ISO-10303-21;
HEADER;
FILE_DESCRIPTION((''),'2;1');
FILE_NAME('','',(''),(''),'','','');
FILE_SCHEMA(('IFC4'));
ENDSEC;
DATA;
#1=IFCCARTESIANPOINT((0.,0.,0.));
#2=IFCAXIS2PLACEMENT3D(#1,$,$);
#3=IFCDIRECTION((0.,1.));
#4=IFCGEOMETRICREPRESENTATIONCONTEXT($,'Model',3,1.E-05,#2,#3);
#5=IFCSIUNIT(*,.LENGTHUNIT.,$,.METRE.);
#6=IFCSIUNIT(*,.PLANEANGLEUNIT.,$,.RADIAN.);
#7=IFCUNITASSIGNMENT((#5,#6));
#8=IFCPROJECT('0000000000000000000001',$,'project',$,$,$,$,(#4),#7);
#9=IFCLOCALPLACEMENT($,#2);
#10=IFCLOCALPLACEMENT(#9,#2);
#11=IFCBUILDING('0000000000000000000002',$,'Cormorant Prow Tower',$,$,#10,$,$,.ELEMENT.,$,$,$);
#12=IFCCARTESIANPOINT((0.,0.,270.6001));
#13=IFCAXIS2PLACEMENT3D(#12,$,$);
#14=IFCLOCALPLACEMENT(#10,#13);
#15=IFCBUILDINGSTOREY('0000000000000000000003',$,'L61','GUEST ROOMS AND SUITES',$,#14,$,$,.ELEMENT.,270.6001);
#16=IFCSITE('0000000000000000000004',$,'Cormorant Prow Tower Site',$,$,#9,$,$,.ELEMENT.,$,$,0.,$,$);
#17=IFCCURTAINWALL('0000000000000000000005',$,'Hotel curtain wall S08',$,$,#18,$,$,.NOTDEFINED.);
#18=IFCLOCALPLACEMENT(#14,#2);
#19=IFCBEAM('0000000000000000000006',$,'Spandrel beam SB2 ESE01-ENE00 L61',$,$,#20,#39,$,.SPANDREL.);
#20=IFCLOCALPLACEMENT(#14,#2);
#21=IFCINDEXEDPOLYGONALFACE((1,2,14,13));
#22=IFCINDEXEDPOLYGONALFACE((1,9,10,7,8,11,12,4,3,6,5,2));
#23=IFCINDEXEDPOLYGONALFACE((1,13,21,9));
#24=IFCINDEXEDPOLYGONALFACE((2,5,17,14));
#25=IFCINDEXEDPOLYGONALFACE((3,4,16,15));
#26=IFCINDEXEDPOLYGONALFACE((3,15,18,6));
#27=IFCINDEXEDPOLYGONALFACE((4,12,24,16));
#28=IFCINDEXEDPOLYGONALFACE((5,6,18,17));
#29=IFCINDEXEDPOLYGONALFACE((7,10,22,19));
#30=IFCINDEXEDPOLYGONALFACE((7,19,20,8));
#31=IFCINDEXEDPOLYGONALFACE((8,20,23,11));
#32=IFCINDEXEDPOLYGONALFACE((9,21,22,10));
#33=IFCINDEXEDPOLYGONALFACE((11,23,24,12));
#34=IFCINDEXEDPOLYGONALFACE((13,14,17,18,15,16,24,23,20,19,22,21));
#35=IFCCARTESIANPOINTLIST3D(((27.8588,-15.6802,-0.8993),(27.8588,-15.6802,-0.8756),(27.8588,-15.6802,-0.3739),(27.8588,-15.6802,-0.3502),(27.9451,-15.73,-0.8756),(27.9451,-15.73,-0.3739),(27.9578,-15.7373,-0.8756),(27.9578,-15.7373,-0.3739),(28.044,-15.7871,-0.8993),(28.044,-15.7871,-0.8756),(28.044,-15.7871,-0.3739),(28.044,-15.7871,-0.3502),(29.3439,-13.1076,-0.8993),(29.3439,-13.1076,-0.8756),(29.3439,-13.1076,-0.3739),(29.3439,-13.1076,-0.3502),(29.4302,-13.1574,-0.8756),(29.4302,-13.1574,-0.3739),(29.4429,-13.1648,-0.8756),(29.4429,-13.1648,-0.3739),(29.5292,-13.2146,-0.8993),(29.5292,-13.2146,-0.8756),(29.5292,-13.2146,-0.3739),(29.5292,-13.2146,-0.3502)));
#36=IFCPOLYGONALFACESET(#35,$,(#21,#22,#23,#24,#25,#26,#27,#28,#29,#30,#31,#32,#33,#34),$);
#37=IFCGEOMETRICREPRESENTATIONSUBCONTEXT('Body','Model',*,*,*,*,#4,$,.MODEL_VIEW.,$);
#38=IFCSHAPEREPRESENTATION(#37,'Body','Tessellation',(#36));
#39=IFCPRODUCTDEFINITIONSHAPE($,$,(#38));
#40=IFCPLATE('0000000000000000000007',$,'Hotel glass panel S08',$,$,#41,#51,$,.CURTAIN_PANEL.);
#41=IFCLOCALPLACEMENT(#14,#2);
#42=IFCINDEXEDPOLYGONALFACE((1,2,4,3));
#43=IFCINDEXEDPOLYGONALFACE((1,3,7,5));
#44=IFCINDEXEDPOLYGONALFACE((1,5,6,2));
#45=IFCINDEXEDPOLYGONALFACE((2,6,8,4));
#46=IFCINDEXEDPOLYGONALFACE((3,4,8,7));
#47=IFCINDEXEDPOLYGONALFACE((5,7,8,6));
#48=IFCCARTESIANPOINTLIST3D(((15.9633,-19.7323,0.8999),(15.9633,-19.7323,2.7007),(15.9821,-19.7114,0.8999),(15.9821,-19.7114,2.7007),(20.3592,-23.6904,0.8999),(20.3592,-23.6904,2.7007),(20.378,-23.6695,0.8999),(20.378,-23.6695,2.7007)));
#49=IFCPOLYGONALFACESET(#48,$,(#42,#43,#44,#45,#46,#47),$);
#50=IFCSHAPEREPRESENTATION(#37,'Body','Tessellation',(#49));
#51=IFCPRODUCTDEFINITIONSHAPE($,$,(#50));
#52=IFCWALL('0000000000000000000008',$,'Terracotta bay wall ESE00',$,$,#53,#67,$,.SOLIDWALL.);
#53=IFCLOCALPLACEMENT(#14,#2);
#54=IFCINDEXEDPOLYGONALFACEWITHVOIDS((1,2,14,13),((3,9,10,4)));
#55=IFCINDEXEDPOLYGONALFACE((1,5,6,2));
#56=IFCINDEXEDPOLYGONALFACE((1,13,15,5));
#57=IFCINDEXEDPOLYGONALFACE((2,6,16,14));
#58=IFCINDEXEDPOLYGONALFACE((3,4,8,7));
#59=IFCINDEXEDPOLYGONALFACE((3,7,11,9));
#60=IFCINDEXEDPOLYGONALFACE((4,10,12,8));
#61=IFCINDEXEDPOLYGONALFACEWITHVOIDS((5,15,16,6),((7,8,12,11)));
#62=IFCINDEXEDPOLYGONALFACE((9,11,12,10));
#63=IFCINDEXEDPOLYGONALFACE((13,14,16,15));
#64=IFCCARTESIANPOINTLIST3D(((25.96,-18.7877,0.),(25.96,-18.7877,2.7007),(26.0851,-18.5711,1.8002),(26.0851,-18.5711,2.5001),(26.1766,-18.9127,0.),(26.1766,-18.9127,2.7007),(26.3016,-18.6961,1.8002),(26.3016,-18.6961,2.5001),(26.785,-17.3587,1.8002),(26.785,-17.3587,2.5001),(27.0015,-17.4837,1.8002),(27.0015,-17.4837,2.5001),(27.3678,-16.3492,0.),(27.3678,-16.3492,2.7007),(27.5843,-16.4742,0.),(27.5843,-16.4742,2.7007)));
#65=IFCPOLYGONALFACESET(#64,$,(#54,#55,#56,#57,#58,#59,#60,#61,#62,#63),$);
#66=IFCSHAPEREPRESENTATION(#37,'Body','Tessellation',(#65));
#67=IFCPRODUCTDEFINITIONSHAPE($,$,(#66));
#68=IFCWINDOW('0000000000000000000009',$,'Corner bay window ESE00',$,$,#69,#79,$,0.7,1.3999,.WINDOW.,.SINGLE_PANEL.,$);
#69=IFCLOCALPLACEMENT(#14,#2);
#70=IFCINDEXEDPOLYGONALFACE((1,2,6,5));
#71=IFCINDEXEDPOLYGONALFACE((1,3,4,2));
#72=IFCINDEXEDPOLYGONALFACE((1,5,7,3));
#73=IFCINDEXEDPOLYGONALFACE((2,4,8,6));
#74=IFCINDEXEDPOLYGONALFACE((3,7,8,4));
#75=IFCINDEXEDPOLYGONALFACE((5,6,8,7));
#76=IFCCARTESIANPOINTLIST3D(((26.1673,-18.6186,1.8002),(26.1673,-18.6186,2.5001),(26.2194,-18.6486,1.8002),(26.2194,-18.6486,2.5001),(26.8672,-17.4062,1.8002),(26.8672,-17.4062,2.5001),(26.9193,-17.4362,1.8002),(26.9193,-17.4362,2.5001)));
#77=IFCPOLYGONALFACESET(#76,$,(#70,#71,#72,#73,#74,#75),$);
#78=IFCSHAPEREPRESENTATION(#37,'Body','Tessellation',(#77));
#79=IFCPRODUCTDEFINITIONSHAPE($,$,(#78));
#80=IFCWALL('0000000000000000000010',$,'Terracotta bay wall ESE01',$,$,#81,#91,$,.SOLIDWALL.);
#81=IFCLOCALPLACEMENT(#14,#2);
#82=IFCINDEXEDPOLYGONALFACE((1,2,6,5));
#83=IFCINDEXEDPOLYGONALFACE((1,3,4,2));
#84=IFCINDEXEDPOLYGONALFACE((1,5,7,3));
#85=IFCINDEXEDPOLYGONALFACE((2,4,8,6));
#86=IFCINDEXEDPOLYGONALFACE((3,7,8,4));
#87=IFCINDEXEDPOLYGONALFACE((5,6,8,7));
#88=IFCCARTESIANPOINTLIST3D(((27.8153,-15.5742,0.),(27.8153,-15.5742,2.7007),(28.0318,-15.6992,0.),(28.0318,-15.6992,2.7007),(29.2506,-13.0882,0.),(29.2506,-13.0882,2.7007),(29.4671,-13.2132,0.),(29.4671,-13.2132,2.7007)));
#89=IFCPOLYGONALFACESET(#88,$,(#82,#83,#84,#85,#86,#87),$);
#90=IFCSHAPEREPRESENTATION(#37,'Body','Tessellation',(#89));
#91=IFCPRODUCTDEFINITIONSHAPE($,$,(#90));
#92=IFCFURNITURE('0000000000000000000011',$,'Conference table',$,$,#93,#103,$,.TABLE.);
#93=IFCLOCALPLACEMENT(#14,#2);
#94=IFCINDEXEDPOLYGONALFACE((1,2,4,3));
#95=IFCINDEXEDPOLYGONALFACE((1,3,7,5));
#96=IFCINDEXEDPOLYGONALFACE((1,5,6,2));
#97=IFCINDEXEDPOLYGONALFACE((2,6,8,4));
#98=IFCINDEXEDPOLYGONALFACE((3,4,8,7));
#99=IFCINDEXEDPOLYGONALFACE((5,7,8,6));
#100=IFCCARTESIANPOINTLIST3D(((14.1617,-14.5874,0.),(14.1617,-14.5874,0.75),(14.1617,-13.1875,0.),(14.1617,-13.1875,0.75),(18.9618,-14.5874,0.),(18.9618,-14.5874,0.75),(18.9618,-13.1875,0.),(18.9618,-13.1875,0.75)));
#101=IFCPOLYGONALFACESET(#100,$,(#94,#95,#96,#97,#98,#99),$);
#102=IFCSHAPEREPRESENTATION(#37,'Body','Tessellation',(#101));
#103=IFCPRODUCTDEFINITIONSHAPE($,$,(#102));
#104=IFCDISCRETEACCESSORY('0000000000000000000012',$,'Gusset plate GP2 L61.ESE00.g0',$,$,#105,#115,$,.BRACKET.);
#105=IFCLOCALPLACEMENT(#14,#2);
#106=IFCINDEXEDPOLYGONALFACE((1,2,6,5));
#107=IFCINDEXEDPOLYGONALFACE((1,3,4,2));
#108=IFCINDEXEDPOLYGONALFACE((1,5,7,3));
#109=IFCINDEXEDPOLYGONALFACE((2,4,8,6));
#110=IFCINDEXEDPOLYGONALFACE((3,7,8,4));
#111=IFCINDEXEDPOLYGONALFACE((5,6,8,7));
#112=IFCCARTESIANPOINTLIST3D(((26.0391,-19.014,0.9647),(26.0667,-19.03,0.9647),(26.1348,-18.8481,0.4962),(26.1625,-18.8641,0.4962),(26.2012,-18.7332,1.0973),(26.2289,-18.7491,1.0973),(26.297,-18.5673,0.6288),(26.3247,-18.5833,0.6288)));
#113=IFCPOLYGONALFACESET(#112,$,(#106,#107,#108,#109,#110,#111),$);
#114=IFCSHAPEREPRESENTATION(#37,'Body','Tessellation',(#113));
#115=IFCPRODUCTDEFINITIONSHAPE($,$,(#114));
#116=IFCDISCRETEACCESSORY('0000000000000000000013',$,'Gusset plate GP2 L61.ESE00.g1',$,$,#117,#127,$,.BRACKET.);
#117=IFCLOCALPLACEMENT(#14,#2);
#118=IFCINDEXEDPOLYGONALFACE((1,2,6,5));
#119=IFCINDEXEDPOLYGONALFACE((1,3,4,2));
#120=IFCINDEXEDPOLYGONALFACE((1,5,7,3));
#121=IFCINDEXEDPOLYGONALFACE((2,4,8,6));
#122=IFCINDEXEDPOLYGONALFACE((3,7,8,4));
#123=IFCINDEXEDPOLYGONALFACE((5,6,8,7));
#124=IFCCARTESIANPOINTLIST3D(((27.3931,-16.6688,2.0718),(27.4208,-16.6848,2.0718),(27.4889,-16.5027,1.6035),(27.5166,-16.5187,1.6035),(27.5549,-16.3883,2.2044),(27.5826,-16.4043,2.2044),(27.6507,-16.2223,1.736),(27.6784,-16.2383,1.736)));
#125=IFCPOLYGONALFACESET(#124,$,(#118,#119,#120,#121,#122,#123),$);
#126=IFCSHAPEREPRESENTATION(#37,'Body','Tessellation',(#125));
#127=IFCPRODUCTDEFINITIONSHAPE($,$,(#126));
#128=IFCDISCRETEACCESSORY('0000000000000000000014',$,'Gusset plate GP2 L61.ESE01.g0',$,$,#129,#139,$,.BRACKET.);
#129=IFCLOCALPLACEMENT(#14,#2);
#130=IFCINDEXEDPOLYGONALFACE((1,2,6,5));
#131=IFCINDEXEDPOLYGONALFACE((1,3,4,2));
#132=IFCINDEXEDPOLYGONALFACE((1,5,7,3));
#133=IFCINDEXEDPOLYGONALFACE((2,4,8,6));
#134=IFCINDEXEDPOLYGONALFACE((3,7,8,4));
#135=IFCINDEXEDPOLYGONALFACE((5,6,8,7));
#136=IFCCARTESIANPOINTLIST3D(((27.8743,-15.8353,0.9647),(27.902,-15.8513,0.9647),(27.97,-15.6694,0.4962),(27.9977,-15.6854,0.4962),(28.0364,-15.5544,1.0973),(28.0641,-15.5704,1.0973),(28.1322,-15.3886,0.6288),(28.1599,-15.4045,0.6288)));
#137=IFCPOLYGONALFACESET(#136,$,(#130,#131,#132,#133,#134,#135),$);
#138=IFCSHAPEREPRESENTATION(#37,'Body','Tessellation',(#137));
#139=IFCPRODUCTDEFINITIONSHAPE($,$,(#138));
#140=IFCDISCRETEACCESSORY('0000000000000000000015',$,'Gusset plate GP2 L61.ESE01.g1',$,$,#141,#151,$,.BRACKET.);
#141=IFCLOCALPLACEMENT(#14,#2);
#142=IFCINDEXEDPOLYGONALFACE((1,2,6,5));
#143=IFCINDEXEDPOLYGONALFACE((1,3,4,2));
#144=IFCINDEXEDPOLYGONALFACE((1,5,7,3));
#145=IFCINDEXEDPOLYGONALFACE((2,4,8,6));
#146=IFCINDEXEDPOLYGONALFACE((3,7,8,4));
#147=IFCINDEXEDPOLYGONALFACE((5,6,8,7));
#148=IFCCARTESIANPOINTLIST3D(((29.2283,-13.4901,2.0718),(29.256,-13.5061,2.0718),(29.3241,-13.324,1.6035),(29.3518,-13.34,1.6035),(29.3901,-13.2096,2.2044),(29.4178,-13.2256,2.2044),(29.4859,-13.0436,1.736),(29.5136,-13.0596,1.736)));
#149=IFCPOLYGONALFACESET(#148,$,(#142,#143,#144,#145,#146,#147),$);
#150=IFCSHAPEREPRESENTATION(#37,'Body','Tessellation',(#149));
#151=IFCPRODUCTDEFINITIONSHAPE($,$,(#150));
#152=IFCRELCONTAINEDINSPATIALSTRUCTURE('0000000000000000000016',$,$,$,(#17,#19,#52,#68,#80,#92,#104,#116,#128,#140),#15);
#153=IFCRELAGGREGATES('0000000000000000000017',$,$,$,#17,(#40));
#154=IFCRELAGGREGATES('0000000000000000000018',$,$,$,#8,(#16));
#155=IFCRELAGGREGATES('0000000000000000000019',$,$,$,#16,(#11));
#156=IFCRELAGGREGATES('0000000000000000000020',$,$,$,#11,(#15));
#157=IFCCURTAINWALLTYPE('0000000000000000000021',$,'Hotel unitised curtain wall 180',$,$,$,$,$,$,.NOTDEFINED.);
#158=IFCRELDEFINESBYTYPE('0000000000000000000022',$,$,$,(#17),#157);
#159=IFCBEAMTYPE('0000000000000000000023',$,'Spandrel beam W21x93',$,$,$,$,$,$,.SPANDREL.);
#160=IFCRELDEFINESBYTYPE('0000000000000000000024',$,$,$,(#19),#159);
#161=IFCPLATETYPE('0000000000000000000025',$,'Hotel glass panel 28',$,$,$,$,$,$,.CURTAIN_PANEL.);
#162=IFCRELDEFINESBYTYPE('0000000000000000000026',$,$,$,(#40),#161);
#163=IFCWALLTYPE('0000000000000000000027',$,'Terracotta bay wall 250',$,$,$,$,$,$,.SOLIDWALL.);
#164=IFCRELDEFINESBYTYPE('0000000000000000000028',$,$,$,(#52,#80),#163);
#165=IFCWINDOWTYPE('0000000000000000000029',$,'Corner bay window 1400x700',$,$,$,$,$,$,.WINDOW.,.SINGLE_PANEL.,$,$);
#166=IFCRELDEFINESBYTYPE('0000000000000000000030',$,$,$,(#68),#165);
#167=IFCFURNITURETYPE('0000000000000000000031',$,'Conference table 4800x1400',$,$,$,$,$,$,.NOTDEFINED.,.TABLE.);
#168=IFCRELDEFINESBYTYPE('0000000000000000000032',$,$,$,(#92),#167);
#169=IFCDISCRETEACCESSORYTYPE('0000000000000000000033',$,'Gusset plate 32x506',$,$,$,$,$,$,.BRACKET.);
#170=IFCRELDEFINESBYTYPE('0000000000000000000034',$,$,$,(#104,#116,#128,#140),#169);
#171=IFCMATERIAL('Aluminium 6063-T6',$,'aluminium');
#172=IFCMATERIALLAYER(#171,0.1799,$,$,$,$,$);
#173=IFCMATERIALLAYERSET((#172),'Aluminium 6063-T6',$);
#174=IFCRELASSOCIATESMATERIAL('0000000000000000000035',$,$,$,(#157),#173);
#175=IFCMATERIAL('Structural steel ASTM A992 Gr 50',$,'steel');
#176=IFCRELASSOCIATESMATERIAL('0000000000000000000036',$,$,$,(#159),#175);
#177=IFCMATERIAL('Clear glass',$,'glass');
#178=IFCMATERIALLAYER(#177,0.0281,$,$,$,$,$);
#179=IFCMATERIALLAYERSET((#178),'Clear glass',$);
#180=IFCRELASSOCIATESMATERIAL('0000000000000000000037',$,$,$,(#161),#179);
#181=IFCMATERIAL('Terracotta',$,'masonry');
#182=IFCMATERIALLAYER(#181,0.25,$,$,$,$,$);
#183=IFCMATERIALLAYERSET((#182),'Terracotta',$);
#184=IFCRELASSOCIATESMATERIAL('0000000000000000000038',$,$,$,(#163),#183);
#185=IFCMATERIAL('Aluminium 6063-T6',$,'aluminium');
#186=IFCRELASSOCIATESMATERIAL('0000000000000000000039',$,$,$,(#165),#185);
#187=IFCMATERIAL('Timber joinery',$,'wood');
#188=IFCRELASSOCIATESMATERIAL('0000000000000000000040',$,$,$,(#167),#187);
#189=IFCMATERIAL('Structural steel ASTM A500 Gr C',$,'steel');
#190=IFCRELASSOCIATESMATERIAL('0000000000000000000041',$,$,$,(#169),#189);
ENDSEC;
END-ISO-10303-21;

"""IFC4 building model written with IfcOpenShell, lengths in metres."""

from ifc_helpers import new_model, si_unit, direction, frame, frame_2d, origin, origin_2d, place, context, subcontext, project, spatial, rectangle, i_section, extrude, material, layer, layer_set, material_profile, profile_set, type_object, element, fill, aggregate, save


model = new_model("IFC4")

# Units and contexts
model_context = context("Model", 3, precision=1e-05, world=origin(), true_north=direction((0.0, 1.0)))
body_context = subcontext(model_context, "Body", "Model", "MODEL_VIEW")
ifc_project = project(units=[si_unit("LENGTHUNIT", "METRE"), si_unit("PLANEANGLEUNIT", "RADIAN")], contexts=[model_context])

# Site, building, storey
site_placement = place(None, origin())
site = spatial("IfcSite", under=ifc_project, at=site_placement, Name="Cormorant Prow Tower Site", CompositionType="ELEMENT", RefElevation=0.0)
building_placement = place(site_placement, origin())
building = spatial("IfcBuilding", under=site, at=building_placement, Name="Cormorant Prow Tower", CompositionType="ELEMENT")
storey_placement = place(building_placement, frame((0.0, 0.0, 270.6001)))
storey = spatial("IfcBuildingStorey", under=building, at=storey_placement, Name="L61", Description="GUEST ROOMS AND SUITES", CompositionType="ELEMENT", Elevation=270.6001)

# Curtain wall
ifc_material_1 = material(Name="Aluminium 6063-T6", Category="aluminium")
ifc_layer_1 = layer(ifc_material_1, 0.1799)
ifc_layer_set_1 = layer_set([ifc_layer_1], Name="Aluminium 6063-T6")
curtain_wall_type = type_object("IfcCurtainWallType", Name="Hotel unitised curtain wall 180", PredefinedType="NOTDEFINED", material=ifc_layer_set_1)
curtain_wall_placement = place(storey_placement, origin())
curtain_wall = element("IfcCurtainWall", 1, at=curtain_wall_placement, inside=storey, type_object=curtain_wall_type, Name="Hotel curtain wall S08", PredefinedType="NOTDEFINED")

# Beam
ifc_material_2 = material(Name="Structural steel ASTM A992 Gr 50", Category="steel")
ifc_material_profile_1 = material_profile(ifc_material_2, i_section(OverallWidth=0.2139, OverallDepth=0.5491, WebThickness=0.0146, FlangeThickness=0.0237, at=origin_2d()), Name="W21x93")
ifc_profile_set_1 = profile_set([ifc_material_profile_1], Name="Structural steel ASTM A992 Gr 50")
beam_type = type_object("IfcBeamType", Name="Spandrel beam W21x93", PredefinedType="SPANDREL", material=ifc_profile_set_1)
for number, where, z_axis, x_axis, name in (
    (2, (27.9514, -15.7336, -0.6248), (0.499967, 0.866045, 0.0), (-0.866045, 0.499967, 0.0), "Spandrel beam SB2 ESE01-ENE00 L61"),
):
    element("IfcBeam", number, at=place(storey_placement, frame(where, z_axis=z_axis, x_axis=x_axis)), inside=storey, type_object=beam_type, Name=name, PredefinedType="SPANDREL", context=body_context, shape_type="SweptSolid", body=[
        extrude(i_section(OverallWidth=0.2139, OverallDepth=0.5491, WebThickness=0.0146, FlangeThickness=0.0237, at=origin_2d()), origin(), (0.0, 0.0, 1.0), 2.9705),
    ])

# Plate
ifc_material_3 = material(Name="Clear glass", Category="glass")
ifc_layer_2 = layer(ifc_material_3, 0.0281)
ifc_layer_set_2 = layer_set([ifc_layer_2], Name="Clear glass")
plate_type = type_object("IfcPlateType", Name="Hotel glass panel 28", PredefinedType="CURTAIN_PANEL", material=ifc_layer_set_2)
plate_placement = place(storey_placement, frame((18.1707, -21.7009, 0.8999), z_axis=(0.0, 0.0, 1.0), x_axis=(0.743145, -0.669131, 0.0)))
plate = element("IfcPlate", 3, at=plate_placement, type_object=plate_type, Name="Hotel glass panel S08", PredefinedType="CURTAIN_PANEL", context=body_context, shape_type="SweptSolid", body=[
    extrude(rectangle(XDim=5.9153, YDim=0.0281, at=origin_2d()), origin(), (0.0, 0.0, 1.0), 1.8008),
])
aggregate(curtain_wall, [plate])

# Wall, opening, window
ifc_material_4 = material(Name="Terracotta", Category="masonry")
ifc_layer_3 = layer(ifc_material_4, 0.25)
ifc_layer_set_3 = layer_set([ifc_layer_3], Name="Terracotta")
wall_type_1 = type_object("IfcWallType", Name="Terracotta bay wall 250", PredefinedType="SOLIDWALL", material=ifc_layer_set_3)
wall_1_placement = place(storey_placement, frame((26.0684, -18.8501, 0.0), z_axis=(0.0, 0.0, 1.0), x_axis=(0.499963, 0.866047, 0.0)))
wall_1 = element("IfcWall", 4, at=wall_1_placement, inside=storey, type_object=wall_type_1, Name="Terracotta bay wall ESE00", PredefinedType="SOLIDWALL", context=body_context, shape_type="SweptSolid", body=[
    extrude(rectangle(XDim=2.8157, YDim=0.25, at=frame_2d((1.4077, 0.0))), origin(), (0.0, 0.0, 1.0), 2.7007),
])
opening_1_placement = place(wall_1_placement, frame((0.25, 0.0, 1.8)))
opening_1 = element("IfcOpeningElement", 5, at=opening_1_placement, cuts=wall_1, PredefinedType="OPENING", context=body_context, shape_type="SweptSolid", body=[
    extrude(rectangle(XDim=1.3999, YDim=0.7, at=frame_2d((0.7, 0.3501))), frame((0.0, 0.135, 0.0), z_axis=(0.0, -1.0, 0.0), x_axis=(1.0, 0.0, 0.0)), (0.0, 0.0, 1.0), 0.27),
])
ifc_material_5 = material(Name="Aluminium 6063-T6", Category="aluminium")
window_type = type_object("IfcWindowType", Name="Corner bay window 1400x700", PartitioningType="SINGLE_PANEL", PredefinedType="WINDOW", material=ifc_material_5)
window_placement = place(opening_1_placement, origin())
window = element("IfcWindow", 6, at=window_placement, inside=storey, type_object=window_type, Name="Corner bay window ESE00", OverallHeight=0.7, OverallWidth=1.3999, PartitioningType="SINGLE_PANEL", PredefinedType="WINDOW", context=body_context, shape_type="SweptSolid", body=[
    extrude(rectangle(XDim=1.3999, YDim=0.7, at=frame_2d((0.7, 0.3501))), frame((0.0, 0.03, 0.0), z_axis=(0.0, -1.0, 0.0), x_axis=(1.0, 0.0, 0.0)), (0.0, 0.0, 1.0), 0.0601),
])
fill(opening_1, window)

# Wall
wall_2_placement = place(storey_placement, frame((27.9236, -15.6367, 0.0), z_axis=(0.0, 0.0, 1.0), x_axis=(0.49999, 0.866031, 0.0)))
element("IfcWall", 7, at=wall_2_placement, inside=storey, type_object=wall_type_1, Name="Terracotta bay wall ESE01", PredefinedType="SOLIDWALL", context=body_context, shape_type="SweptSolid", body=[
    extrude(rectangle(XDim=2.8706, YDim=0.25, at=frame_2d((1.4353, 0.0))), origin(), (0.0, 0.0, 1.0), 2.7007),
])

# Furniture
ifc_material_6 = material(Name="Timber joinery", Category="wood")
furniture_type = type_object("IfcFurnitureType", Name="Conference table 4800x1400", AssemblyPlace="NOTDEFINED", PredefinedType="TABLE", material=ifc_material_6)
furniture_placement = place(storey_placement, frame((16.5618, -13.8875, 0.0), z_axis=(0.0, 0.0, 1.0), x_axis=(1.0, 0.0, 0.0)))
element("IfcFurniture", 8, at=furniture_placement, inside=storey, type_object=furniture_type, Name="Conference table", PredefinedType="TABLE", context=body_context, shape_type="SweptSolid", body=[
    extrude(rectangle(XDim=4.8, YDim=1.3999, at=origin_2d()), origin(), (0.0, 0.0, 1.0), 0.75),
])

# Discrete accessories
ifc_material_7 = material(Name="Structural steel ASTM A500 Gr C", Category="steel")
ifc_material_profile_2 = material_profile(ifc_material_7, rectangle(XDim=0.032, YDim=0.5061, at=origin_2d()), Name="Gusset plate 32x506")
ifc_profile_set_2 = profile_set([ifc_material_profile_2], Name="Structural steel ASTM A500 Gr C")
discrete_accessory_type = type_object("IfcDiscreteAccessoryType", Name="Gusset plate 32x506", PredefinedType="BRACKET", material=ifc_profile_set_2)
discrete_accessory_1_placement = place(storey_placement, frame((26.2629, -18.6582, 0.863), z_axis=(-0.462828, -0.801584, -0.378487), x_axis=(0.86601, -0.500027, 0.0)))
element("IfcDiscreteAccessory", 9, at=discrete_accessory_1_placement, inside=storey, type_object=discrete_accessory_type, Name="Gusset plate GP2 L61.ESE00.g0", PredefinedType="BRACKET", context=body_context, shape_type="SweptSolid", body=[
    extrude(rectangle(XDim=0.032, YDim=0.5061, at=origin_2d()), origin(), (0.0, 0.0, 1.0), 0.3503),
])
discrete_accessory_2_placement = place(storey_placement, frame((27.4548, -16.5938, 1.8376), z_axis=(0.462538, 0.801594, 0.378821), x_axis=(-0.866148, 0.499788, 0.0)))
element("IfcDiscreteAccessory", 10, at=discrete_accessory_2_placement, inside=storey, type_object=discrete_accessory_type, Name="Gusset plate GP2 L61.ESE00.g1", PredefinedType="BRACKET", context=body_context, shape_type="SweptSolid", body=[
    extrude(rectangle(XDim=0.032, YDim=0.5061, at=origin_2d()), origin(), (0.0, 0.0, 1.0), 0.3499),
])
discrete_accessory_3_placement = place(storey_placement, frame((28.0981, -15.4795, 0.863), z_axis=(-0.462828, -0.801584, -0.378487), x_axis=(0.86601, -0.500027, 0.0)))
element("IfcDiscreteAccessory", 11, at=discrete_accessory_3_placement, inside=storey, type_object=discrete_accessory_type, Name="Gusset plate GP2 L61.ESE01.g0", PredefinedType="BRACKET", context=body_context, shape_type="SweptSolid", body=[
    extrude(rectangle(XDim=0.032, YDim=0.5061, at=origin_2d()), origin(), (0.0, 0.0, 1.0), 0.3503),
])
discrete_accessory_4_placement = place(storey_placement, frame((29.29, -13.415, 1.8376), z_axis=(0.462538, 0.801594, 0.378821), x_axis=(-0.866148, 0.499788, 0.0)))
element("IfcDiscreteAccessory", 12, at=discrete_accessory_4_placement, inside=storey, type_object=discrete_accessory_type, Name="Gusset plate GP2 L61.ESE01.g1", PredefinedType="BRACKET", context=body_context, shape_type="SweptSolid", body=[
    extrude(rectangle(XDim=0.032, YDim=0.5061, at=origin_2d()), origin(), (0.0, 0.0, 1.0), 0.3499),
])

save(model, "model.ifc")
